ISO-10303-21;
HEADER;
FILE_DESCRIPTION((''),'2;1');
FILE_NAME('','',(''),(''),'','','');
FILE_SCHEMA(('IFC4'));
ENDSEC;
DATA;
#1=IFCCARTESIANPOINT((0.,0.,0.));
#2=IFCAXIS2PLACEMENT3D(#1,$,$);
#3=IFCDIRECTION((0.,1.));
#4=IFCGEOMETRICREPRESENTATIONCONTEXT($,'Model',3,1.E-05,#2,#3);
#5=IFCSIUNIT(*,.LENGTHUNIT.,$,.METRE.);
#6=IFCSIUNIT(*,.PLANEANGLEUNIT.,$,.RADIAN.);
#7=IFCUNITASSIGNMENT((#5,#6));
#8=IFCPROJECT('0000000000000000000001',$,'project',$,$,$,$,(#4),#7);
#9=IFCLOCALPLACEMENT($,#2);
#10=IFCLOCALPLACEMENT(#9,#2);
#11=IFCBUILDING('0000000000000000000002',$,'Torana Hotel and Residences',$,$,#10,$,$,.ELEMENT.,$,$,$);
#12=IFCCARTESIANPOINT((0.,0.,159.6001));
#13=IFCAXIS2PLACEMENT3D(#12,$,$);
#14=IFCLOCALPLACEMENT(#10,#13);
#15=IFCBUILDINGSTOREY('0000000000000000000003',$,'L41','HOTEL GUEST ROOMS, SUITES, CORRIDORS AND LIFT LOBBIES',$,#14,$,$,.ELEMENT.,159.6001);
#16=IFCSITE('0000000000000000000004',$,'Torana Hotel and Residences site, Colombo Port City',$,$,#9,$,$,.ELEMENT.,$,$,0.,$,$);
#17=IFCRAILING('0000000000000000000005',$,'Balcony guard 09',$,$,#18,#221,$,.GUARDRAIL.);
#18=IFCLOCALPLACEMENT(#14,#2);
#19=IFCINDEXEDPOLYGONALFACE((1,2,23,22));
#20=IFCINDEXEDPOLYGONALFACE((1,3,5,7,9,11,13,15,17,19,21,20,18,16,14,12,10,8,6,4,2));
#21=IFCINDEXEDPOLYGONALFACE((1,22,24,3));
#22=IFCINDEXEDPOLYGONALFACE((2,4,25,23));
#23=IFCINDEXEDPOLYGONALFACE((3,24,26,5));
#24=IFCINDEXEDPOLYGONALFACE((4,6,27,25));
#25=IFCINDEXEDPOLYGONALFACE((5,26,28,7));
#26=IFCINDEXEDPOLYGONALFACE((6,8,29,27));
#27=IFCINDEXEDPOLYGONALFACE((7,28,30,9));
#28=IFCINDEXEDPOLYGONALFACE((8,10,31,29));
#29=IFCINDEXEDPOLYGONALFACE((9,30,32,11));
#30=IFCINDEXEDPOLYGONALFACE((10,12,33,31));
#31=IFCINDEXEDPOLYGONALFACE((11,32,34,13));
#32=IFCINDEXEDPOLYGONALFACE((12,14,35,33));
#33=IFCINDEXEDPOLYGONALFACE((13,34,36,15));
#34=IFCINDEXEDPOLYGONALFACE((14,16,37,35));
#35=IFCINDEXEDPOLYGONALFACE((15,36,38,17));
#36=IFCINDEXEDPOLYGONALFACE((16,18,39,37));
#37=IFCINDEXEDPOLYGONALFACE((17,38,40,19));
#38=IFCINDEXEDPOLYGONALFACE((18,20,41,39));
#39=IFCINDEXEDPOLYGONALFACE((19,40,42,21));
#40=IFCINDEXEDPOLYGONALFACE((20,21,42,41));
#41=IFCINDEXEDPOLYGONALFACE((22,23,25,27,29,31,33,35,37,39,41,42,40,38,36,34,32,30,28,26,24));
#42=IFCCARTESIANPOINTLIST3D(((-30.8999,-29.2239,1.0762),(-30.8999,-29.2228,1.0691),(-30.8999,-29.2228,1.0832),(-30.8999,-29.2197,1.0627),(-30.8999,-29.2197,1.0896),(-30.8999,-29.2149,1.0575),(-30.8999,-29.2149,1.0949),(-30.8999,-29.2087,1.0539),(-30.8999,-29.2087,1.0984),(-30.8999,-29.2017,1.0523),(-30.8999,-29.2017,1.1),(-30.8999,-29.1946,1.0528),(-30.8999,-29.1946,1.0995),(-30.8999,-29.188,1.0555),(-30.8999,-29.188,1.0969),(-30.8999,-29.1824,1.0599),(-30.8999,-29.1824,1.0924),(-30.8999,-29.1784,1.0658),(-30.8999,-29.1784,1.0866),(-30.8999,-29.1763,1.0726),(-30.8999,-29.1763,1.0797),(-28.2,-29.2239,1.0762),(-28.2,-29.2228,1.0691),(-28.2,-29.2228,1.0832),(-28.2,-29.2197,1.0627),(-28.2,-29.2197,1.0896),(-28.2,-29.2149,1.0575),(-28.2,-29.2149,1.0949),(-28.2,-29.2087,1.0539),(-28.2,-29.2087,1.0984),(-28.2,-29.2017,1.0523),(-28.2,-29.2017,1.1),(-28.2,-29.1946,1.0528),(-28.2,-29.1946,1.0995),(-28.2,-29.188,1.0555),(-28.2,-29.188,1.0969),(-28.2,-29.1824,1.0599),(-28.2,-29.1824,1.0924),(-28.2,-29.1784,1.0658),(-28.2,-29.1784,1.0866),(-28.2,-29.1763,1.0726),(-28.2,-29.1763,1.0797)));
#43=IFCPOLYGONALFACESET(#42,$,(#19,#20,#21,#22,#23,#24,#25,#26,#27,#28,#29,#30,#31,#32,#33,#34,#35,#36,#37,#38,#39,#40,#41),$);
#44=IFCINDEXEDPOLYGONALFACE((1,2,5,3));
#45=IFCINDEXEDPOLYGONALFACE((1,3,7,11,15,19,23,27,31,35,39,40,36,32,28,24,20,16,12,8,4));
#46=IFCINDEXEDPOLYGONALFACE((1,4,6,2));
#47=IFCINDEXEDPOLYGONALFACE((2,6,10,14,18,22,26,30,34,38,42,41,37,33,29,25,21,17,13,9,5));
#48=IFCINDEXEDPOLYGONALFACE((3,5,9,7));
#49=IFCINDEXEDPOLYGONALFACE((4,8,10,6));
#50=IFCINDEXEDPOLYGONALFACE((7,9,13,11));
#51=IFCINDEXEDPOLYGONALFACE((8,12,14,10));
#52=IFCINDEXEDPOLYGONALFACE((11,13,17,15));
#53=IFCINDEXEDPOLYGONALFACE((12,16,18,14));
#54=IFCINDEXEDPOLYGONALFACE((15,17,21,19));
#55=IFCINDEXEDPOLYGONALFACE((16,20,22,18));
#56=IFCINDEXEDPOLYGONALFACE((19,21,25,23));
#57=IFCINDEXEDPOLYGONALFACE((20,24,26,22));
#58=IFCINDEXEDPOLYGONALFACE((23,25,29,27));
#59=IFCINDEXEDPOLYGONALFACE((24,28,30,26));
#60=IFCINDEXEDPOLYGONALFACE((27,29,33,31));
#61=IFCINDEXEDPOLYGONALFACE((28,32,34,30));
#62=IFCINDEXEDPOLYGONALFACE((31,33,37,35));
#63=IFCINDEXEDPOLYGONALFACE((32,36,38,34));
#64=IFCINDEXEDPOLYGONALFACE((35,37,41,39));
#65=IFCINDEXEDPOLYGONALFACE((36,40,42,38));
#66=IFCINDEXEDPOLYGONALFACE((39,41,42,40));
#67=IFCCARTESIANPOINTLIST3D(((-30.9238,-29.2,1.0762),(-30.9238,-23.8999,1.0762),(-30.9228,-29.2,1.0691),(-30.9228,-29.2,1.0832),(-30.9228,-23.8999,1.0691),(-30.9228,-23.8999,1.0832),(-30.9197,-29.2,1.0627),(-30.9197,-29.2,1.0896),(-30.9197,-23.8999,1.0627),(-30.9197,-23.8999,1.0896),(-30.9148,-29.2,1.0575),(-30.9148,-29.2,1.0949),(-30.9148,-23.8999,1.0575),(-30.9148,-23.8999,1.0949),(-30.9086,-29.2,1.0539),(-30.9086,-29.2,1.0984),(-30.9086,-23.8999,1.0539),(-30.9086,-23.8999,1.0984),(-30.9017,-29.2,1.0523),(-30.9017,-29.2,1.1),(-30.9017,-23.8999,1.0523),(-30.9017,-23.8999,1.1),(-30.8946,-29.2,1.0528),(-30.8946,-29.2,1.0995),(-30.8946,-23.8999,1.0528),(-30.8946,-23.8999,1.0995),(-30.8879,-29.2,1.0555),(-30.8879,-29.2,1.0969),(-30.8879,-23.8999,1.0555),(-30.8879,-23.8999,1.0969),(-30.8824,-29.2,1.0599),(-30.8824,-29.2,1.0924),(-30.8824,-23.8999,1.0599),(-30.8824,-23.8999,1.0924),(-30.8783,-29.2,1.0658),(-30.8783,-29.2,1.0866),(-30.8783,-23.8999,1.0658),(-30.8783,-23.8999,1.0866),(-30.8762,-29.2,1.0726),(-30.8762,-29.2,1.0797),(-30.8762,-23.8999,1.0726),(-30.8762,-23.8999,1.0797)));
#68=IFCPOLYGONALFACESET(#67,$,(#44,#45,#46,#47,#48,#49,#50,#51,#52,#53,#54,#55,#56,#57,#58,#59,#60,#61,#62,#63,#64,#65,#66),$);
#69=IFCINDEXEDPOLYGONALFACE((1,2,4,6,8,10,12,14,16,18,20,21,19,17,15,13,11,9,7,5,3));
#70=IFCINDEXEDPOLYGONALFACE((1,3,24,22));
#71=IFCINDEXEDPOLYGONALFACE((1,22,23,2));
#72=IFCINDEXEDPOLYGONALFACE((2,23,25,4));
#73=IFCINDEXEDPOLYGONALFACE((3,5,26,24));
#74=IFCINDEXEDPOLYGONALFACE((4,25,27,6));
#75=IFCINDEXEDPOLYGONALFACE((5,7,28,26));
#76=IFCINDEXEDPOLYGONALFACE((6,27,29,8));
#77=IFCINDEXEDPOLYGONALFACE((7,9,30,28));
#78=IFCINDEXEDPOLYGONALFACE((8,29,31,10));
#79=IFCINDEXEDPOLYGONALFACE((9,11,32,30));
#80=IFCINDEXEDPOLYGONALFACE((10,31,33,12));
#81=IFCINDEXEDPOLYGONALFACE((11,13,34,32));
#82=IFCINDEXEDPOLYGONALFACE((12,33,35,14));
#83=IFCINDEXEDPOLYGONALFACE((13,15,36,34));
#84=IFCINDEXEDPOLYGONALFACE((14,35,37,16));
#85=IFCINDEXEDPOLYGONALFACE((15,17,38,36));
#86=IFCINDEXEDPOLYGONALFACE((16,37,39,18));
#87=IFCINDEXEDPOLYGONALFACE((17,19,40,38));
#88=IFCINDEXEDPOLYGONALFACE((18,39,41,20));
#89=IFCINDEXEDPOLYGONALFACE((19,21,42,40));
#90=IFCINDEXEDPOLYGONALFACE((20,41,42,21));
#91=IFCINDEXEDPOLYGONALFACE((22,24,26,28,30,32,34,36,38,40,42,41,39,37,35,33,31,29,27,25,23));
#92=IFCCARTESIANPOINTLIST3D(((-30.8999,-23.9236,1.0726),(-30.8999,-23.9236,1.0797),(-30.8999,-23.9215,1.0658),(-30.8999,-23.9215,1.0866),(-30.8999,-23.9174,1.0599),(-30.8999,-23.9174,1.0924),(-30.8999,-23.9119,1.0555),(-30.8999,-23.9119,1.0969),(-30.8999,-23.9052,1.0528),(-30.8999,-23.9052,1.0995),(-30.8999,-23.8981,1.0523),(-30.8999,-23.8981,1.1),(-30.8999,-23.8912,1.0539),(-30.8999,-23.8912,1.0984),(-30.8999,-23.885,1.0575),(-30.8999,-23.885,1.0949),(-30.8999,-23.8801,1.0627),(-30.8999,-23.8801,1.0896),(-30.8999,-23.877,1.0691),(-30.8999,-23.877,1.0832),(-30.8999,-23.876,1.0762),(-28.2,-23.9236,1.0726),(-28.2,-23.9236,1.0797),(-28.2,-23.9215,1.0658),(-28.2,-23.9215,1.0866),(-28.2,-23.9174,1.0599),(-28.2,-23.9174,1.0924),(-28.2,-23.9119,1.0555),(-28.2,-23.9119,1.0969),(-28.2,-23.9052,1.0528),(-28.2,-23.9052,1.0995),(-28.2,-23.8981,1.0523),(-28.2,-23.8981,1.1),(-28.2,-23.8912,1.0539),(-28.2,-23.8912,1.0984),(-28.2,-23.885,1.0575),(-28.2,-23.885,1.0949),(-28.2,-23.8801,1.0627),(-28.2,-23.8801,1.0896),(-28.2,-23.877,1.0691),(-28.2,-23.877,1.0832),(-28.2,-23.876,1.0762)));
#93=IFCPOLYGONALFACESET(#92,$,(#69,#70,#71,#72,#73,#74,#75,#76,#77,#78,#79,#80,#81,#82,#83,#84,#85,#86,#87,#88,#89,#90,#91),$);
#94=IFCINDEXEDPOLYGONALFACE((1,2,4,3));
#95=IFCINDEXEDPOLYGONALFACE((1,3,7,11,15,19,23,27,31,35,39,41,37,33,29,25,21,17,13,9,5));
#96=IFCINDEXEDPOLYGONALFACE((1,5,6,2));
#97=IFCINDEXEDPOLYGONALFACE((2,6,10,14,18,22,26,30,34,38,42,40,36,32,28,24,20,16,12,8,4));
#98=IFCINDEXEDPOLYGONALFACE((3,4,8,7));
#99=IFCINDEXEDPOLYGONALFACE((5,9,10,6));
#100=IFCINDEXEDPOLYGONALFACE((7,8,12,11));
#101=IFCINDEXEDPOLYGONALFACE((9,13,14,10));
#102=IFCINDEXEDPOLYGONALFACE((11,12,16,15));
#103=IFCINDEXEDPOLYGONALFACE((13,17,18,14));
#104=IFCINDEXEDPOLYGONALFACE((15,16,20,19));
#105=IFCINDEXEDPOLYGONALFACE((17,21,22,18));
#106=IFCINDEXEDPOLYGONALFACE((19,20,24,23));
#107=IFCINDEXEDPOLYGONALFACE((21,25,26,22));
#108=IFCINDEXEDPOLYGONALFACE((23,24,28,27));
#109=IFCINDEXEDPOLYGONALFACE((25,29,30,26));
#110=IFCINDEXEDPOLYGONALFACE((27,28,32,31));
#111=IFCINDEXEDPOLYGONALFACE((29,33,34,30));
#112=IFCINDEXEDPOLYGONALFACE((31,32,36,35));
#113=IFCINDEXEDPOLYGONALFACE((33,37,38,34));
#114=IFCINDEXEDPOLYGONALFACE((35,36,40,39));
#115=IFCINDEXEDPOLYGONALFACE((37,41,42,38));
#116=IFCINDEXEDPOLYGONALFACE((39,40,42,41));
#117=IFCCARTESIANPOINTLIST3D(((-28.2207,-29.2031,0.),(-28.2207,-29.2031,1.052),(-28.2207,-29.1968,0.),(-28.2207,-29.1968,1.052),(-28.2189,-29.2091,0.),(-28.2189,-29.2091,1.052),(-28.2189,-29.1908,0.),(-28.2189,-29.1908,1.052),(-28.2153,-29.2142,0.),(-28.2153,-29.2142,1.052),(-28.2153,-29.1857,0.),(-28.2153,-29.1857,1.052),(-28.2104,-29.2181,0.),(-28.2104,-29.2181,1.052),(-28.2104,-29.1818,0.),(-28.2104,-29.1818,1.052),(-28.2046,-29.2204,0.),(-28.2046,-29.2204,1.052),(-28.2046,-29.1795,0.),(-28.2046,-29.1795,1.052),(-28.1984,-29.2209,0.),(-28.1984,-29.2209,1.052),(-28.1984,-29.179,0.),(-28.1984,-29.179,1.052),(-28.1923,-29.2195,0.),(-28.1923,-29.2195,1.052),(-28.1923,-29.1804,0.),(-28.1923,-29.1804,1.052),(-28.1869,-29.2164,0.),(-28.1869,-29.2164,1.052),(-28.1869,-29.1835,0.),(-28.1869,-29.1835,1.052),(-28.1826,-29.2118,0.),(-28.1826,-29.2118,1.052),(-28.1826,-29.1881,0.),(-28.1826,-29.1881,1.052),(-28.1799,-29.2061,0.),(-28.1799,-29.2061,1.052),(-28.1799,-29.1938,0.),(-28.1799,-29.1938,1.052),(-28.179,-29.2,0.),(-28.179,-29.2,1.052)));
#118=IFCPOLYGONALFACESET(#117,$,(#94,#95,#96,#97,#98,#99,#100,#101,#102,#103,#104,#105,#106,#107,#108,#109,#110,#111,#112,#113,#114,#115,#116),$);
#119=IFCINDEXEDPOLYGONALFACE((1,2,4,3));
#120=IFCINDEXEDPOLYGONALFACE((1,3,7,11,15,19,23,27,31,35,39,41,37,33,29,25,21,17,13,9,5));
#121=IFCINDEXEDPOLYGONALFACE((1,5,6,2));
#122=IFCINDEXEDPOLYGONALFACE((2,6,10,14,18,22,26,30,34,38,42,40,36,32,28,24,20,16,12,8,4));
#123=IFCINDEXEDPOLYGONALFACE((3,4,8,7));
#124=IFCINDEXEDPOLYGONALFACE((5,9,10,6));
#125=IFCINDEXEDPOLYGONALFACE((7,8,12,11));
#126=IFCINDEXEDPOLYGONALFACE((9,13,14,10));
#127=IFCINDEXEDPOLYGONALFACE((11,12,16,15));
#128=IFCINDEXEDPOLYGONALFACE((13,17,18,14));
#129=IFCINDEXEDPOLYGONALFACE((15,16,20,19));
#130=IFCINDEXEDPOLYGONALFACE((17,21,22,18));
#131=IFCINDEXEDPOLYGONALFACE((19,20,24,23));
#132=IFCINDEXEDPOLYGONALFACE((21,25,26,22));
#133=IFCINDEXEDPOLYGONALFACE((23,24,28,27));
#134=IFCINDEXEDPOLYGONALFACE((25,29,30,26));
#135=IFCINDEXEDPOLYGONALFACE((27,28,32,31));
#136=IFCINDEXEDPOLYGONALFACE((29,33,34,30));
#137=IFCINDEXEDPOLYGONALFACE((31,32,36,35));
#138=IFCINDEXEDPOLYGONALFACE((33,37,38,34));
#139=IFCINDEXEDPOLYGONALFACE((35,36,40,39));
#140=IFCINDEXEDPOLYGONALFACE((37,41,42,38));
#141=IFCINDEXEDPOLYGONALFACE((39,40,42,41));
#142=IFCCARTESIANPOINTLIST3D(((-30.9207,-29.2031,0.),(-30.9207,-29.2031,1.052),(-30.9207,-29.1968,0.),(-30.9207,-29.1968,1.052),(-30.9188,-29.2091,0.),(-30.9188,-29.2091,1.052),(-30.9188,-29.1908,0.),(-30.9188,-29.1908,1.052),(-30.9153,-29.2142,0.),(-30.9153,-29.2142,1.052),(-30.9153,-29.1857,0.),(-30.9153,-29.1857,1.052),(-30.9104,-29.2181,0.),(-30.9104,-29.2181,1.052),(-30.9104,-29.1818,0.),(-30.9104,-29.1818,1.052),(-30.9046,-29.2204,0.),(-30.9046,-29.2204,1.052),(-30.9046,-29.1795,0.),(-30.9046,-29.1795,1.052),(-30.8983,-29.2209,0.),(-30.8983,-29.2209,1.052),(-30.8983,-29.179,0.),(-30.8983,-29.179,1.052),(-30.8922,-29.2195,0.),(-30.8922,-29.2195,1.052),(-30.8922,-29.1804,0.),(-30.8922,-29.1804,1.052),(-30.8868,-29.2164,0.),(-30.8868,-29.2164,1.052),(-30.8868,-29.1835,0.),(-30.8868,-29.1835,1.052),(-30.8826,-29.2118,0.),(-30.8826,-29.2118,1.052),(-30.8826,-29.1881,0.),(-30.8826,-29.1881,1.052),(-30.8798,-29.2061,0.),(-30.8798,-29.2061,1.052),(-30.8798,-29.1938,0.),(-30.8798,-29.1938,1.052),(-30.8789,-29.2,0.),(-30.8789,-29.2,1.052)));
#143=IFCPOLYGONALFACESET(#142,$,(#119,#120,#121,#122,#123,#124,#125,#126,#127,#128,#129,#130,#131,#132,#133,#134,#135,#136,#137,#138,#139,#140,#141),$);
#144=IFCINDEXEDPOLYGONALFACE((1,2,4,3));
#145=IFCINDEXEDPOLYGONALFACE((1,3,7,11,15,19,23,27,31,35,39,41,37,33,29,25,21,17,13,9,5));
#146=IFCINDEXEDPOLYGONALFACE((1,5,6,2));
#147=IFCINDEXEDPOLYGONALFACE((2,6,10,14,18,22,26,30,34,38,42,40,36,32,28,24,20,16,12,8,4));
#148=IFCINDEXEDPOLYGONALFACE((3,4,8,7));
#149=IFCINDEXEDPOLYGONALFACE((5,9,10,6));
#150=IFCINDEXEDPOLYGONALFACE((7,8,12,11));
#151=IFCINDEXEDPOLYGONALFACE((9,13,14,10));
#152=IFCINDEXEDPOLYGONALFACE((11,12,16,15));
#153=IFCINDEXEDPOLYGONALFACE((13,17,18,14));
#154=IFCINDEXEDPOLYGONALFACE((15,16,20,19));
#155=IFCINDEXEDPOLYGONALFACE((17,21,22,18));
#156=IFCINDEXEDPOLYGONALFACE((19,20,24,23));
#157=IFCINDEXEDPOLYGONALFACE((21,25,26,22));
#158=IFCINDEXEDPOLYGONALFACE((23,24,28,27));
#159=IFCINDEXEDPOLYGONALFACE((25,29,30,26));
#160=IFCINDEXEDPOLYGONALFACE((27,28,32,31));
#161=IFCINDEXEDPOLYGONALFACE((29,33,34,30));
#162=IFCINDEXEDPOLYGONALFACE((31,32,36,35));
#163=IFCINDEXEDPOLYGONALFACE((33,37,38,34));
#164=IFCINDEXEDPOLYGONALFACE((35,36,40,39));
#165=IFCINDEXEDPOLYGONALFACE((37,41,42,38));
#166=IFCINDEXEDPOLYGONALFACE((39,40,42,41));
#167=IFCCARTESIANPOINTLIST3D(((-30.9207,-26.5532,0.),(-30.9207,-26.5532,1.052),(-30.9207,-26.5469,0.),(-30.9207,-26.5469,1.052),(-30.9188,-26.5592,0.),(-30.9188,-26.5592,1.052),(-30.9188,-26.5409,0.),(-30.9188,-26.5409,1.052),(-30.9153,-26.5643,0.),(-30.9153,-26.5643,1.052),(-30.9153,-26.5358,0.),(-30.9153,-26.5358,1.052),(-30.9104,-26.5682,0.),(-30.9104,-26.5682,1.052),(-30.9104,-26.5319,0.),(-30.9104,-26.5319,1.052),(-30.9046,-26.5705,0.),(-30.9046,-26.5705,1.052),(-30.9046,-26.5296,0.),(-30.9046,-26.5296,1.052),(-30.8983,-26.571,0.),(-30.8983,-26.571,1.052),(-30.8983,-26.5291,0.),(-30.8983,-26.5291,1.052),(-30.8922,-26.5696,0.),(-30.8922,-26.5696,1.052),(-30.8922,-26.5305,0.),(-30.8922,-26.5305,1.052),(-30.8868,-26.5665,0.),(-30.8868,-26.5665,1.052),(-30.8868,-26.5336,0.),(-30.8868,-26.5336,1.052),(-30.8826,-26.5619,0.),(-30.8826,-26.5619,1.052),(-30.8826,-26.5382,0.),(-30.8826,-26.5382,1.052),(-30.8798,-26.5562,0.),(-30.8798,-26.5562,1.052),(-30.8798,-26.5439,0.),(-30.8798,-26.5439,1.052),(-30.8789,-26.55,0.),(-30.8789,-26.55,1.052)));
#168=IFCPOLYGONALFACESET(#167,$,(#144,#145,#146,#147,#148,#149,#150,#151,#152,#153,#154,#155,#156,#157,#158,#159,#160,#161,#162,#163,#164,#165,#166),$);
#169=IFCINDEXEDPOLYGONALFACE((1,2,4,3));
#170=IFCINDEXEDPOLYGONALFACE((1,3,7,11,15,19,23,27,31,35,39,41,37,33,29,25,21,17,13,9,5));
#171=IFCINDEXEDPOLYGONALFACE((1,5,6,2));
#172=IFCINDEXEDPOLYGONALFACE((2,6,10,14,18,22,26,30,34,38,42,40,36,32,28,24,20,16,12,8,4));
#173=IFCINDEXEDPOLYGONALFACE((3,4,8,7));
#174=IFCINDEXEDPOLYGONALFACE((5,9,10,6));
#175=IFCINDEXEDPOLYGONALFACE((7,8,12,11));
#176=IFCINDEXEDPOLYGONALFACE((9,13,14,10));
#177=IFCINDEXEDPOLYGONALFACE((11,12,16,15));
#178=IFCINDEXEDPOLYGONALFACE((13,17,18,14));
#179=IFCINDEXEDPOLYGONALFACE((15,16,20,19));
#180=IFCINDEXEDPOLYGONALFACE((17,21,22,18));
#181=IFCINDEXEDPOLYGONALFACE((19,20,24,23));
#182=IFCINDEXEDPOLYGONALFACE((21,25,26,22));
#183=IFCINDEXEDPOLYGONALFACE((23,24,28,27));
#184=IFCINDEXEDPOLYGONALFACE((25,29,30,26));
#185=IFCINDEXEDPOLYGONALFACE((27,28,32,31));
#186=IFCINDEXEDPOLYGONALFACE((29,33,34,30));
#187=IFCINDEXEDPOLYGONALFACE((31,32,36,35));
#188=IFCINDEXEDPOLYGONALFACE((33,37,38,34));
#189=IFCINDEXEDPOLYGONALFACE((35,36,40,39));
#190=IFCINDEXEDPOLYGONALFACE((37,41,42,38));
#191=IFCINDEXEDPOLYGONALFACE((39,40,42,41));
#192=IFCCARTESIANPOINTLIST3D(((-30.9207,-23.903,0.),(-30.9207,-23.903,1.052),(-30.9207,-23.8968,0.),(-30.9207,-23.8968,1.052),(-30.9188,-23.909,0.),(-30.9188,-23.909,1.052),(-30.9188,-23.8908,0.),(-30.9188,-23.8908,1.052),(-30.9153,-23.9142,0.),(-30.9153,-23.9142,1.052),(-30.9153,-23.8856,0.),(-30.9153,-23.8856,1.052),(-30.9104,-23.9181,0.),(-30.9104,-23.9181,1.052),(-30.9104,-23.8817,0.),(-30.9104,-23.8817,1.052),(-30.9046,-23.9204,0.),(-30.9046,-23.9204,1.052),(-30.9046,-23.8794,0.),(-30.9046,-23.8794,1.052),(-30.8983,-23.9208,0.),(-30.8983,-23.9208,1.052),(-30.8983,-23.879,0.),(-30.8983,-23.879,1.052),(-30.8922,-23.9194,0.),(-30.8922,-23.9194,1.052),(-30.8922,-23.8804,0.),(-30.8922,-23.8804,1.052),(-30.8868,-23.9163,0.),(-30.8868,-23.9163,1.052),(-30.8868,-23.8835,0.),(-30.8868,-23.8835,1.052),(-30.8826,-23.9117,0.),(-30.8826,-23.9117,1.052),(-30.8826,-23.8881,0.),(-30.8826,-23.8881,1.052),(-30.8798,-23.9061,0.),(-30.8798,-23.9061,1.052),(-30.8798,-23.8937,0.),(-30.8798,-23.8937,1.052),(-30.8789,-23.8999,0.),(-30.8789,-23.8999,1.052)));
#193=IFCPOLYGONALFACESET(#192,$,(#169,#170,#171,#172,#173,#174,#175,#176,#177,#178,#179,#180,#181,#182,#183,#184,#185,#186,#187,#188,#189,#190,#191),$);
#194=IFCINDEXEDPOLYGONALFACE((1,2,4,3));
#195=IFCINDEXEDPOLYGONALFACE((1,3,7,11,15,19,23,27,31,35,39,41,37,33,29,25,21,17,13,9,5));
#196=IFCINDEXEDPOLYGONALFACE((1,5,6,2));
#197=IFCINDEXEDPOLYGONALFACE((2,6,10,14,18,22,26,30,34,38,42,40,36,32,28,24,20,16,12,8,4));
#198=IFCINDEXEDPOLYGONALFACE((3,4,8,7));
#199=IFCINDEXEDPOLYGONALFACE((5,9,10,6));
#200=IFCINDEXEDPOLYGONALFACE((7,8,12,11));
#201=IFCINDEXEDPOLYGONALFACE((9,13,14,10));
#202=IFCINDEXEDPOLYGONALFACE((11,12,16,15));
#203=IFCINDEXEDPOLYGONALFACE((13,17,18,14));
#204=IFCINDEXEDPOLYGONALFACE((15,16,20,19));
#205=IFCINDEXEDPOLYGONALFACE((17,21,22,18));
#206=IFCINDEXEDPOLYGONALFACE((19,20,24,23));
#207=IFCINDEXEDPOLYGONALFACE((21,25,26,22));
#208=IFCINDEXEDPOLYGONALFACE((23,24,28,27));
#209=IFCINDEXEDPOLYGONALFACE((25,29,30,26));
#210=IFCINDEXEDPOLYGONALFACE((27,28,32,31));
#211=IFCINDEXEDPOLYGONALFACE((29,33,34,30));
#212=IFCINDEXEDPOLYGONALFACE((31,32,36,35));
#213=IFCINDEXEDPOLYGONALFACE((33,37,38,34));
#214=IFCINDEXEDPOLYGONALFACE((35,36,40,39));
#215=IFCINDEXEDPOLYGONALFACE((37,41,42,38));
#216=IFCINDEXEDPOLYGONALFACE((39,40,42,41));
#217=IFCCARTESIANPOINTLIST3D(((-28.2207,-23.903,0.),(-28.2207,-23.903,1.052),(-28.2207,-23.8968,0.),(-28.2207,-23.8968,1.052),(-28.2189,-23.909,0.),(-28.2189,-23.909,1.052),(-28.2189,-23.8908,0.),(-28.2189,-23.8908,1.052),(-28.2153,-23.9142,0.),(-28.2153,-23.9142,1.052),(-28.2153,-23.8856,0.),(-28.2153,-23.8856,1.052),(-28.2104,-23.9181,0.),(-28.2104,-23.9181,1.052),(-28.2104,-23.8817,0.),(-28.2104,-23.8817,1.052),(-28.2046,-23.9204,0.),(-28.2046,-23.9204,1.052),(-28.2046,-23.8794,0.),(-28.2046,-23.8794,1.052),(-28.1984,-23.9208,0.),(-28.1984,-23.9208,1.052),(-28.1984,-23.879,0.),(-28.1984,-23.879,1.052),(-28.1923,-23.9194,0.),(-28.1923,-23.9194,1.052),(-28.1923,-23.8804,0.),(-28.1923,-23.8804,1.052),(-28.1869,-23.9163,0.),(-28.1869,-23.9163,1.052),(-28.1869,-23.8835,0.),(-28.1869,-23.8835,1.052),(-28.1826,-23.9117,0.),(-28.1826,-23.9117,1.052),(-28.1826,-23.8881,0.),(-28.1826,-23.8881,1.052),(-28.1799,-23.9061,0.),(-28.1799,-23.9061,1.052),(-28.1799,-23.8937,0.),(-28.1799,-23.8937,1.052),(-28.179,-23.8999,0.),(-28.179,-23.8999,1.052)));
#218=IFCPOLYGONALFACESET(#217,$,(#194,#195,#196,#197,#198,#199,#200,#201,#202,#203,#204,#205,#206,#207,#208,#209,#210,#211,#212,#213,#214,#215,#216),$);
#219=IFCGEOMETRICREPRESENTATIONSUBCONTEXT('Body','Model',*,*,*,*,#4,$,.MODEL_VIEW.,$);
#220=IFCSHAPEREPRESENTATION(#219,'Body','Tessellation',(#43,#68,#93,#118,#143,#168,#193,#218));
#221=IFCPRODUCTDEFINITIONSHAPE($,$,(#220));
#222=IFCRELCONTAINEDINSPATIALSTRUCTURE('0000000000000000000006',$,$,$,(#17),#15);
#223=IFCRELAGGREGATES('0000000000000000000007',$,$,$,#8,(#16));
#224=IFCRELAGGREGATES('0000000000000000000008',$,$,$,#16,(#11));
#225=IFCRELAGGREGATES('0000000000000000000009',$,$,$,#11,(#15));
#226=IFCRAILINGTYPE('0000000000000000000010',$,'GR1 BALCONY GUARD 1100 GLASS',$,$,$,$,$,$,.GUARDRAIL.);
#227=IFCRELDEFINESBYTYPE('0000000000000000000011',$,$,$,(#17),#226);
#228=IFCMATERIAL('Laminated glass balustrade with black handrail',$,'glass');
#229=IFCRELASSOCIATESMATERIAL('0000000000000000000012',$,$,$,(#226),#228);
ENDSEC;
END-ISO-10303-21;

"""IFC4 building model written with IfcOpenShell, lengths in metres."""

from ifc_helpers import new_model, si_unit, direction, frame, origin, origin_2d, place, context, subcontext, project, spatial, circle, extrude, material, type_object, element, save


model = new_model("IFC4")

# Units and contexts
model_context = context("Model", 3, precision=1e-05, world=origin(), true_north=direction((0.0, 1.0)))
body_context = subcontext(model_context, "Body", "Model", "MODEL_VIEW")
ifc_project = project(units=[si_unit("LENGTHUNIT", "METRE"), si_unit("PLANEANGLEUNIT", "RADIAN")], contexts=[model_context])

# Site, building, storey
site_placement = place(None, origin())
site = spatial("IfcSite", under=ifc_project, at=site_placement, Name="Torana Hotel and Residences site, Colombo Port City", CompositionType="ELEMENT", RefElevation=0.0)
building_placement = place(site_placement, origin())
building = spatial("IfcBuilding", under=site, at=building_placement, Name="Torana Hotel and Residences", CompositionType="ELEMENT")
storey_placement = place(building_placement, frame((0.0, 0.0, 159.6001)))
storey = spatial("IfcBuildingStorey", under=building, at=storey_placement, Name="L41", Description="HOTEL GUEST ROOMS, SUITES, CORRIDORS AND LIFT LOBBIES", CompositionType="ELEMENT", Elevation=159.6001)

# Railing
ifc_material_1 = material(Name="Laminated glass balustrade with black handrail", Category="glass")
railing_type = type_object("IfcRailingType", Name="GR1 BALCONY GUARD 1100 GLASS", PredefinedType="GUARDRAIL", material=ifc_material_1)
railing_placement = place(storey_placement, frame((-28.2, -29.2, 0.0)))
element("IfcRailing", 1, at=railing_placement, inside=storey, type_object=railing_type, Name="Balcony guard 09", PredefinedType="GUARDRAIL", context=body_context, shape_type="SweptSolid", body=[
    extrude(circle(Radius=0.0239, at=origin_2d()), frame((0.0, 0.0, 1.0762), z_axis=(-1.0, 0.0, 0.0), x_axis=(0.0, -1.0, 0.0)), (0.0, 0.0, 1.0), 2.7),
    extrude(circle(Radius=0.0239, at=origin_2d()), frame((-2.7, 0.0, 1.0762), z_axis=(0.0, 1.0, 0.0), x_axis=(-1.0, 0.0, 0.0)), (0.0, 0.0, 1.0), 5.3),
    extrude(circle(Radius=0.0239, at=origin_2d()), frame((-2.7, 5.3, 1.0762), z_axis=(1.0, 0.0, 0.0), x_axis=(0.0, 1.0, 0.0)), (0.0, 0.0, 1.0), 2.7),
    extrude(circle(Radius=0.021, at=origin_2d()), origin(), (0.0, 0.0, 1.0), 1.052),
    extrude(circle(Radius=0.021, at=origin_2d()), frame((-2.7, 0.0, 0.0)), (0.0, 0.0, 1.0), 1.052),
    extrude(circle(Radius=0.021, at=origin_2d()), frame((-2.7, 2.6499, 0.0)), (0.0, 0.0, 1.0), 1.052),
    extrude(circle(Radius=0.021, at=origin_2d()), frame((-2.7, 5.3, 0.0)), (0.0, 0.0, 1.0), 1.052),
    extrude(circle(Radius=0.021, at=origin_2d()), frame((0.0, 5.3, 0.0)), (0.0, 0.0, 1.0), 1.052),
])

save(model, "model.ifc")
